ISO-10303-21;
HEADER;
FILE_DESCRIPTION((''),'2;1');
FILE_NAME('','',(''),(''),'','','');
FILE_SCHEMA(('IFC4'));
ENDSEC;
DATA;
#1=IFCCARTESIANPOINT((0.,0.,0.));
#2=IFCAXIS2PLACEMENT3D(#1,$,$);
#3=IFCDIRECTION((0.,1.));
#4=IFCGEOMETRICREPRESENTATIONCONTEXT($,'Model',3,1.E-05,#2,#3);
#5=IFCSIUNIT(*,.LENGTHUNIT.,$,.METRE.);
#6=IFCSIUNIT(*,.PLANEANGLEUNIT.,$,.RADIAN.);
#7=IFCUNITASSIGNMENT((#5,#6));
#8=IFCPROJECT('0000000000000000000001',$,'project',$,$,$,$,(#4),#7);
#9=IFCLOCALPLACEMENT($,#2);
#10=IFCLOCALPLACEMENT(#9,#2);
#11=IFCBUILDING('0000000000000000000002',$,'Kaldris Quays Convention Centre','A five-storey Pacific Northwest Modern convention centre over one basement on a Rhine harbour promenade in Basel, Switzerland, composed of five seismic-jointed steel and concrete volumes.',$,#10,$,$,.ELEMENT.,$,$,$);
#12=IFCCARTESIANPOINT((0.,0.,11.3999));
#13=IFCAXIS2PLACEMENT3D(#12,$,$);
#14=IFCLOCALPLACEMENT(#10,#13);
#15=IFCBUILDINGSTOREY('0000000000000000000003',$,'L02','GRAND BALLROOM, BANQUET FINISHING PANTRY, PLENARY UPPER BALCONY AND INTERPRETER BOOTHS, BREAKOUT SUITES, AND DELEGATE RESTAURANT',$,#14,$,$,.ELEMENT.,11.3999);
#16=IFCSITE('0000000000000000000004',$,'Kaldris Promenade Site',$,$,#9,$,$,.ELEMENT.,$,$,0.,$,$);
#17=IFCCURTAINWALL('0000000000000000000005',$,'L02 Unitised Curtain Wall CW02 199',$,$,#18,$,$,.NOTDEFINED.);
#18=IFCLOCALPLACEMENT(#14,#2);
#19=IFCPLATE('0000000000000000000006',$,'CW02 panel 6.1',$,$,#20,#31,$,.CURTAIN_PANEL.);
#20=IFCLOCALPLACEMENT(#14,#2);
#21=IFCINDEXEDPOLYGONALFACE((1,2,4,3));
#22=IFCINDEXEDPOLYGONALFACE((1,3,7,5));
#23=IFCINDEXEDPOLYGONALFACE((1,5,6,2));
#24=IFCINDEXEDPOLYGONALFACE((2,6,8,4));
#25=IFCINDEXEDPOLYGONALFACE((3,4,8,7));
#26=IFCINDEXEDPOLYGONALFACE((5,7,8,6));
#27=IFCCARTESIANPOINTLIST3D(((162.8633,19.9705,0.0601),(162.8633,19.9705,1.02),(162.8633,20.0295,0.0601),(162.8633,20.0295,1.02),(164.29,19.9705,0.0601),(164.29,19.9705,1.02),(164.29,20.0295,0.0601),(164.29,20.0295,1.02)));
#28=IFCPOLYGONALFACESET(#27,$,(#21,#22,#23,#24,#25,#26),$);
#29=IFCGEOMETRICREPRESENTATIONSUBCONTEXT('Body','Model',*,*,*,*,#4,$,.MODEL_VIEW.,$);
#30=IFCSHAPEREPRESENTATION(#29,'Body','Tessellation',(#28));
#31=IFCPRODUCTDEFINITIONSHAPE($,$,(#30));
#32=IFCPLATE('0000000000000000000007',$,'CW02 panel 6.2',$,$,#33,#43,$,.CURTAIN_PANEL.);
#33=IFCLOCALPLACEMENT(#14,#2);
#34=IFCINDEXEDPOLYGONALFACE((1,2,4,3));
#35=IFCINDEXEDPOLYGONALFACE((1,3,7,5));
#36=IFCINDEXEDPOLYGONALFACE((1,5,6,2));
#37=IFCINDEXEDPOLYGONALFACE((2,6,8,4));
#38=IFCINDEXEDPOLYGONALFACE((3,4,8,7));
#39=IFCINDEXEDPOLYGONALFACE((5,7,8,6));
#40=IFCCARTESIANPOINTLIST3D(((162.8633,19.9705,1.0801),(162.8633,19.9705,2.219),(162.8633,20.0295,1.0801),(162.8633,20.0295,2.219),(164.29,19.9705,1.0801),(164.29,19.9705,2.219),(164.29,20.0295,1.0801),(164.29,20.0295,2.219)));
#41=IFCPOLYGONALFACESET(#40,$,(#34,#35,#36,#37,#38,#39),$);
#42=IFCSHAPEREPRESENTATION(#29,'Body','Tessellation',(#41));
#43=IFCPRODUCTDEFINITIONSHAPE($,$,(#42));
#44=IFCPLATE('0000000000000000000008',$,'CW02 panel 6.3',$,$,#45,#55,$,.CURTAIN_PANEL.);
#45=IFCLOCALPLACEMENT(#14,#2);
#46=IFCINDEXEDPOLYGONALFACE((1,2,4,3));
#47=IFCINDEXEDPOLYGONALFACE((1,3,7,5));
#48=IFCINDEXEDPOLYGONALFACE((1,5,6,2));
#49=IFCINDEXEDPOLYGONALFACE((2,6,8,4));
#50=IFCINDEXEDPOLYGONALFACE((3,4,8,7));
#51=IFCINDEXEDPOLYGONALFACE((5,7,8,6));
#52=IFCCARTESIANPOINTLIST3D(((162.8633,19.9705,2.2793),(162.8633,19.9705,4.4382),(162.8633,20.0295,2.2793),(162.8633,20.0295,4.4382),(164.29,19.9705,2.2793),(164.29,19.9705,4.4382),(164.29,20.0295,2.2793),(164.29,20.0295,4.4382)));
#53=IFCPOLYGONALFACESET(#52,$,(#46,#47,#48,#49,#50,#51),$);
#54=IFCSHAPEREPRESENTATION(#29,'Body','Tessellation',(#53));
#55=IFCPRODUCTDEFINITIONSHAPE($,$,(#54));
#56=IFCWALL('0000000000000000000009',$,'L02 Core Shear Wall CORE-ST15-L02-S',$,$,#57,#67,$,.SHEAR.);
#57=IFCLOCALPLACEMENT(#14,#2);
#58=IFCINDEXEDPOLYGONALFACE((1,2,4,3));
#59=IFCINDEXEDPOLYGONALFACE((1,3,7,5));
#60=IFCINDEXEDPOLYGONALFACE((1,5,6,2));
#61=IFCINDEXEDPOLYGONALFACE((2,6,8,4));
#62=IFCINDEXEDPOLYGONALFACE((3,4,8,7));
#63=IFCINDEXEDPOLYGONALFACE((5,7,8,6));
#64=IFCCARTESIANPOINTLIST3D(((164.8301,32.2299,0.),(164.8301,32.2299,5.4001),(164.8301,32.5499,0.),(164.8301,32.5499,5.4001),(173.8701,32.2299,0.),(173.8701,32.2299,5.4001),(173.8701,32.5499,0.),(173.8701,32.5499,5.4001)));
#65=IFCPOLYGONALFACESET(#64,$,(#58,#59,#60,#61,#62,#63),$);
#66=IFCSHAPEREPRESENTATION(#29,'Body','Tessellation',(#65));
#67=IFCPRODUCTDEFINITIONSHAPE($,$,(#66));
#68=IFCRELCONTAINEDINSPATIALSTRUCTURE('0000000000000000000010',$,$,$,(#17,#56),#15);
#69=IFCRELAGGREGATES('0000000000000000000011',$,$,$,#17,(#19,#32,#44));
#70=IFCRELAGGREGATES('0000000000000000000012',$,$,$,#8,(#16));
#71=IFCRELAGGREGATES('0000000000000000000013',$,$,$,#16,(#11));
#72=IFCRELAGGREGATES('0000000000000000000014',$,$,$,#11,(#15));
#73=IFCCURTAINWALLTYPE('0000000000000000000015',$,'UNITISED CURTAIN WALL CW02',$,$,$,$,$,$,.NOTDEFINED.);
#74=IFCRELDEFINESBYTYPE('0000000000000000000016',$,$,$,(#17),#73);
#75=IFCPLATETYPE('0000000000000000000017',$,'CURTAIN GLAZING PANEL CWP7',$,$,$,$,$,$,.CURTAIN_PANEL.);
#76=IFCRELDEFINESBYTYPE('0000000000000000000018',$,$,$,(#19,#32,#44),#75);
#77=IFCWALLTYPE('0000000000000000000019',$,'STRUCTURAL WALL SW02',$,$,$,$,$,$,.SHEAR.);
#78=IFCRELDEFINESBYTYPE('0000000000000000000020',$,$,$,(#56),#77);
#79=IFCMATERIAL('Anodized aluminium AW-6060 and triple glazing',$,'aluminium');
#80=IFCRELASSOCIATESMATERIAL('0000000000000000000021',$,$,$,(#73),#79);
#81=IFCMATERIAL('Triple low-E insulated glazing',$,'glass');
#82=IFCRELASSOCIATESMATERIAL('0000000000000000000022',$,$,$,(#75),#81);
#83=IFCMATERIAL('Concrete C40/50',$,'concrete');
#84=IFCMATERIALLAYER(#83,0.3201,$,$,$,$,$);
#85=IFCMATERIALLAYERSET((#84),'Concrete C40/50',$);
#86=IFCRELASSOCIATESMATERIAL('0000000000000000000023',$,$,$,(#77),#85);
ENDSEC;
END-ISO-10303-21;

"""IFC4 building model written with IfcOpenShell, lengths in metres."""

from ifc_helpers import new_model, si_unit, direction, frame, frame_2d, origin, origin_2d, place, context, subcontext, project, spatial, rectangle, extrude, material, layer, layer_set, type_object, element, aggregate, save


model = new_model("IFC4")

# Units and contexts
model_context = context("Model", 3, precision=1e-05, world=origin(), true_north=direction((0.0, 1.0)))
body_context = subcontext(model_context, "Body", "Model", "MODEL_VIEW")
ifc_project = project(units=[si_unit("LENGTHUNIT", "METRE"), si_unit("PLANEANGLEUNIT", "RADIAN")], contexts=[model_context])

# Site, building, storey
site_placement = place(None, origin())
site = spatial("IfcSite", under=ifc_project, at=site_placement, Name="Kaldris Promenade Site", CompositionType="ELEMENT", RefElevation=0.0)
building_placement = place(site_placement, origin())
building = spatial("IfcBuilding", under=site, at=building_placement, Name="Kaldris Quays Convention Centre", Description="A five-storey Pacific Northwest Modern convention centre over one basement on a Rhine harbour promenade in Basel, Switzerland, composed of five seismic-jointed steel and concrete volumes.", CompositionType="ELEMENT")
storey_placement = place(building_placement, frame((0.0, 0.0, 11.3999)))
storey = spatial("IfcBuildingStorey", under=building, at=storey_placement, Name="L02", Description="GRAND BALLROOM, BANQUET FINISHING PANTRY, PLENARY UPPER BALCONY AND INTERPRETER BOOTHS, BREAKOUT SUITES, AND DELEGATE RESTAURANT", CompositionType="ELEMENT", Elevation=11.3999)

# Curtain wall
ifc_material_1 = material(Name="Anodized aluminium AW-6060 and triple glazing", Category="aluminium")
curtain_wall_type = type_object("IfcCurtainWallType", Name="UNITISED CURTAIN WALL CW02", PredefinedType="NOTDEFINED", material=ifc_material_1)
curtain_wall_1_placement = place(storey_placement, origin())
curtain_wall_1 = element("IfcCurtainWall", 1, at=curtain_wall_1_placement, inside=storey, type_object=curtain_wall_type, Name="L02 Unitised Curtain Wall CW02 199", PredefinedType="NOTDEFINED")

# Plates
ifc_material_2 = material(Name="Triple low-E insulated glazing", Category="glass")
plate_type = type_object("IfcPlateType", Name="CURTAIN GLAZING PANEL CWP7", PredefinedType="CURTAIN_PANEL", material=ifc_material_2)
plate_1_placement = place(storey_placement, frame((163.5767, 20.0, 0.0601), z_axis=(0.0, 0.0, 1.0), x_axis=(1.0, 0.0, 0.0)))
plate_1 = element("IfcPlate", 2, at=plate_1_placement, type_object=plate_type, Name="CW02 panel 6.1", PredefinedType="CURTAIN_PANEL", context=body_context, shape_type="SweptSolid", body=[
    extrude(rectangle(XDim=1.4268, YDim=0.0591, at=origin_2d()), origin(), (0.0, 0.0, 1.0), 0.96),
])
plate_2_placement = place(storey_placement, frame((163.5767, 20.0, 1.0801), z_axis=(0.0, 0.0, 1.0), x_axis=(1.0, 0.0, 0.0)))
plate_2 = element("IfcPlate", 3, at=plate_2_placement, type_object=plate_type, Name="CW02 panel 6.2", PredefinedType="CURTAIN_PANEL", context=body_context, shape_type="SweptSolid", body=[
    extrude(rectangle(XDim=1.4268, YDim=0.0591, at=origin_2d()), origin(), (0.0, 0.0, 1.0), 1.1389),
])
plate_3_placement = place(storey_placement, frame((163.5767, 20.0, 2.2793), z_axis=(0.0, 0.0, 1.0), x_axis=(1.0, 0.0, 0.0)))
plate_3 = element("IfcPlate", 4, at=plate_3_placement, type_object=plate_type, Name="CW02 panel 6.3", PredefinedType="CURTAIN_PANEL", context=body_context, shape_type="SweptSolid", body=[
    extrude(rectangle(XDim=1.4268, YDim=0.0591, at=origin_2d()), origin(), (0.0, 0.0, 1.0), 2.1589),
])
aggregate(curtain_wall_1, [plate_1, plate_2, plate_3])

# Wall
ifc_material_3 = material(Name="Concrete C40/50", Category="concrete")
ifc_layer_1 = layer(ifc_material_3, 0.3201)
ifc_layer_set_1 = layer_set([ifc_layer_1], Name="Concrete C40/50")
wall_type_1 = type_object("IfcWallType", Name="STRUCTURAL WALL SW02", PredefinedType="SHEAR", material=ifc_layer_set_1)
wall_1_placement = place(storey_placement, frame((164.8301, 32.3899, 0.0), z_axis=(0.0, 0.0, 1.0), x_axis=(1.0, 0.0, 0.0)))
element("IfcWall", 5, at=wall_1_placement, inside=storey, type_object=wall_type_1, Name="L02 Core Shear Wall CORE-ST15-L02-S", PredefinedType="SHEAR", context=body_context, shape_type="SweptSolid", body=[
    extrude(rectangle(XDim=9.04, YDim=0.3201, at=frame_2d((4.52, 0.0))), origin(), (0.0, 0.0, 1.0), 5.4001),
])

save(model, "model.ifc")
